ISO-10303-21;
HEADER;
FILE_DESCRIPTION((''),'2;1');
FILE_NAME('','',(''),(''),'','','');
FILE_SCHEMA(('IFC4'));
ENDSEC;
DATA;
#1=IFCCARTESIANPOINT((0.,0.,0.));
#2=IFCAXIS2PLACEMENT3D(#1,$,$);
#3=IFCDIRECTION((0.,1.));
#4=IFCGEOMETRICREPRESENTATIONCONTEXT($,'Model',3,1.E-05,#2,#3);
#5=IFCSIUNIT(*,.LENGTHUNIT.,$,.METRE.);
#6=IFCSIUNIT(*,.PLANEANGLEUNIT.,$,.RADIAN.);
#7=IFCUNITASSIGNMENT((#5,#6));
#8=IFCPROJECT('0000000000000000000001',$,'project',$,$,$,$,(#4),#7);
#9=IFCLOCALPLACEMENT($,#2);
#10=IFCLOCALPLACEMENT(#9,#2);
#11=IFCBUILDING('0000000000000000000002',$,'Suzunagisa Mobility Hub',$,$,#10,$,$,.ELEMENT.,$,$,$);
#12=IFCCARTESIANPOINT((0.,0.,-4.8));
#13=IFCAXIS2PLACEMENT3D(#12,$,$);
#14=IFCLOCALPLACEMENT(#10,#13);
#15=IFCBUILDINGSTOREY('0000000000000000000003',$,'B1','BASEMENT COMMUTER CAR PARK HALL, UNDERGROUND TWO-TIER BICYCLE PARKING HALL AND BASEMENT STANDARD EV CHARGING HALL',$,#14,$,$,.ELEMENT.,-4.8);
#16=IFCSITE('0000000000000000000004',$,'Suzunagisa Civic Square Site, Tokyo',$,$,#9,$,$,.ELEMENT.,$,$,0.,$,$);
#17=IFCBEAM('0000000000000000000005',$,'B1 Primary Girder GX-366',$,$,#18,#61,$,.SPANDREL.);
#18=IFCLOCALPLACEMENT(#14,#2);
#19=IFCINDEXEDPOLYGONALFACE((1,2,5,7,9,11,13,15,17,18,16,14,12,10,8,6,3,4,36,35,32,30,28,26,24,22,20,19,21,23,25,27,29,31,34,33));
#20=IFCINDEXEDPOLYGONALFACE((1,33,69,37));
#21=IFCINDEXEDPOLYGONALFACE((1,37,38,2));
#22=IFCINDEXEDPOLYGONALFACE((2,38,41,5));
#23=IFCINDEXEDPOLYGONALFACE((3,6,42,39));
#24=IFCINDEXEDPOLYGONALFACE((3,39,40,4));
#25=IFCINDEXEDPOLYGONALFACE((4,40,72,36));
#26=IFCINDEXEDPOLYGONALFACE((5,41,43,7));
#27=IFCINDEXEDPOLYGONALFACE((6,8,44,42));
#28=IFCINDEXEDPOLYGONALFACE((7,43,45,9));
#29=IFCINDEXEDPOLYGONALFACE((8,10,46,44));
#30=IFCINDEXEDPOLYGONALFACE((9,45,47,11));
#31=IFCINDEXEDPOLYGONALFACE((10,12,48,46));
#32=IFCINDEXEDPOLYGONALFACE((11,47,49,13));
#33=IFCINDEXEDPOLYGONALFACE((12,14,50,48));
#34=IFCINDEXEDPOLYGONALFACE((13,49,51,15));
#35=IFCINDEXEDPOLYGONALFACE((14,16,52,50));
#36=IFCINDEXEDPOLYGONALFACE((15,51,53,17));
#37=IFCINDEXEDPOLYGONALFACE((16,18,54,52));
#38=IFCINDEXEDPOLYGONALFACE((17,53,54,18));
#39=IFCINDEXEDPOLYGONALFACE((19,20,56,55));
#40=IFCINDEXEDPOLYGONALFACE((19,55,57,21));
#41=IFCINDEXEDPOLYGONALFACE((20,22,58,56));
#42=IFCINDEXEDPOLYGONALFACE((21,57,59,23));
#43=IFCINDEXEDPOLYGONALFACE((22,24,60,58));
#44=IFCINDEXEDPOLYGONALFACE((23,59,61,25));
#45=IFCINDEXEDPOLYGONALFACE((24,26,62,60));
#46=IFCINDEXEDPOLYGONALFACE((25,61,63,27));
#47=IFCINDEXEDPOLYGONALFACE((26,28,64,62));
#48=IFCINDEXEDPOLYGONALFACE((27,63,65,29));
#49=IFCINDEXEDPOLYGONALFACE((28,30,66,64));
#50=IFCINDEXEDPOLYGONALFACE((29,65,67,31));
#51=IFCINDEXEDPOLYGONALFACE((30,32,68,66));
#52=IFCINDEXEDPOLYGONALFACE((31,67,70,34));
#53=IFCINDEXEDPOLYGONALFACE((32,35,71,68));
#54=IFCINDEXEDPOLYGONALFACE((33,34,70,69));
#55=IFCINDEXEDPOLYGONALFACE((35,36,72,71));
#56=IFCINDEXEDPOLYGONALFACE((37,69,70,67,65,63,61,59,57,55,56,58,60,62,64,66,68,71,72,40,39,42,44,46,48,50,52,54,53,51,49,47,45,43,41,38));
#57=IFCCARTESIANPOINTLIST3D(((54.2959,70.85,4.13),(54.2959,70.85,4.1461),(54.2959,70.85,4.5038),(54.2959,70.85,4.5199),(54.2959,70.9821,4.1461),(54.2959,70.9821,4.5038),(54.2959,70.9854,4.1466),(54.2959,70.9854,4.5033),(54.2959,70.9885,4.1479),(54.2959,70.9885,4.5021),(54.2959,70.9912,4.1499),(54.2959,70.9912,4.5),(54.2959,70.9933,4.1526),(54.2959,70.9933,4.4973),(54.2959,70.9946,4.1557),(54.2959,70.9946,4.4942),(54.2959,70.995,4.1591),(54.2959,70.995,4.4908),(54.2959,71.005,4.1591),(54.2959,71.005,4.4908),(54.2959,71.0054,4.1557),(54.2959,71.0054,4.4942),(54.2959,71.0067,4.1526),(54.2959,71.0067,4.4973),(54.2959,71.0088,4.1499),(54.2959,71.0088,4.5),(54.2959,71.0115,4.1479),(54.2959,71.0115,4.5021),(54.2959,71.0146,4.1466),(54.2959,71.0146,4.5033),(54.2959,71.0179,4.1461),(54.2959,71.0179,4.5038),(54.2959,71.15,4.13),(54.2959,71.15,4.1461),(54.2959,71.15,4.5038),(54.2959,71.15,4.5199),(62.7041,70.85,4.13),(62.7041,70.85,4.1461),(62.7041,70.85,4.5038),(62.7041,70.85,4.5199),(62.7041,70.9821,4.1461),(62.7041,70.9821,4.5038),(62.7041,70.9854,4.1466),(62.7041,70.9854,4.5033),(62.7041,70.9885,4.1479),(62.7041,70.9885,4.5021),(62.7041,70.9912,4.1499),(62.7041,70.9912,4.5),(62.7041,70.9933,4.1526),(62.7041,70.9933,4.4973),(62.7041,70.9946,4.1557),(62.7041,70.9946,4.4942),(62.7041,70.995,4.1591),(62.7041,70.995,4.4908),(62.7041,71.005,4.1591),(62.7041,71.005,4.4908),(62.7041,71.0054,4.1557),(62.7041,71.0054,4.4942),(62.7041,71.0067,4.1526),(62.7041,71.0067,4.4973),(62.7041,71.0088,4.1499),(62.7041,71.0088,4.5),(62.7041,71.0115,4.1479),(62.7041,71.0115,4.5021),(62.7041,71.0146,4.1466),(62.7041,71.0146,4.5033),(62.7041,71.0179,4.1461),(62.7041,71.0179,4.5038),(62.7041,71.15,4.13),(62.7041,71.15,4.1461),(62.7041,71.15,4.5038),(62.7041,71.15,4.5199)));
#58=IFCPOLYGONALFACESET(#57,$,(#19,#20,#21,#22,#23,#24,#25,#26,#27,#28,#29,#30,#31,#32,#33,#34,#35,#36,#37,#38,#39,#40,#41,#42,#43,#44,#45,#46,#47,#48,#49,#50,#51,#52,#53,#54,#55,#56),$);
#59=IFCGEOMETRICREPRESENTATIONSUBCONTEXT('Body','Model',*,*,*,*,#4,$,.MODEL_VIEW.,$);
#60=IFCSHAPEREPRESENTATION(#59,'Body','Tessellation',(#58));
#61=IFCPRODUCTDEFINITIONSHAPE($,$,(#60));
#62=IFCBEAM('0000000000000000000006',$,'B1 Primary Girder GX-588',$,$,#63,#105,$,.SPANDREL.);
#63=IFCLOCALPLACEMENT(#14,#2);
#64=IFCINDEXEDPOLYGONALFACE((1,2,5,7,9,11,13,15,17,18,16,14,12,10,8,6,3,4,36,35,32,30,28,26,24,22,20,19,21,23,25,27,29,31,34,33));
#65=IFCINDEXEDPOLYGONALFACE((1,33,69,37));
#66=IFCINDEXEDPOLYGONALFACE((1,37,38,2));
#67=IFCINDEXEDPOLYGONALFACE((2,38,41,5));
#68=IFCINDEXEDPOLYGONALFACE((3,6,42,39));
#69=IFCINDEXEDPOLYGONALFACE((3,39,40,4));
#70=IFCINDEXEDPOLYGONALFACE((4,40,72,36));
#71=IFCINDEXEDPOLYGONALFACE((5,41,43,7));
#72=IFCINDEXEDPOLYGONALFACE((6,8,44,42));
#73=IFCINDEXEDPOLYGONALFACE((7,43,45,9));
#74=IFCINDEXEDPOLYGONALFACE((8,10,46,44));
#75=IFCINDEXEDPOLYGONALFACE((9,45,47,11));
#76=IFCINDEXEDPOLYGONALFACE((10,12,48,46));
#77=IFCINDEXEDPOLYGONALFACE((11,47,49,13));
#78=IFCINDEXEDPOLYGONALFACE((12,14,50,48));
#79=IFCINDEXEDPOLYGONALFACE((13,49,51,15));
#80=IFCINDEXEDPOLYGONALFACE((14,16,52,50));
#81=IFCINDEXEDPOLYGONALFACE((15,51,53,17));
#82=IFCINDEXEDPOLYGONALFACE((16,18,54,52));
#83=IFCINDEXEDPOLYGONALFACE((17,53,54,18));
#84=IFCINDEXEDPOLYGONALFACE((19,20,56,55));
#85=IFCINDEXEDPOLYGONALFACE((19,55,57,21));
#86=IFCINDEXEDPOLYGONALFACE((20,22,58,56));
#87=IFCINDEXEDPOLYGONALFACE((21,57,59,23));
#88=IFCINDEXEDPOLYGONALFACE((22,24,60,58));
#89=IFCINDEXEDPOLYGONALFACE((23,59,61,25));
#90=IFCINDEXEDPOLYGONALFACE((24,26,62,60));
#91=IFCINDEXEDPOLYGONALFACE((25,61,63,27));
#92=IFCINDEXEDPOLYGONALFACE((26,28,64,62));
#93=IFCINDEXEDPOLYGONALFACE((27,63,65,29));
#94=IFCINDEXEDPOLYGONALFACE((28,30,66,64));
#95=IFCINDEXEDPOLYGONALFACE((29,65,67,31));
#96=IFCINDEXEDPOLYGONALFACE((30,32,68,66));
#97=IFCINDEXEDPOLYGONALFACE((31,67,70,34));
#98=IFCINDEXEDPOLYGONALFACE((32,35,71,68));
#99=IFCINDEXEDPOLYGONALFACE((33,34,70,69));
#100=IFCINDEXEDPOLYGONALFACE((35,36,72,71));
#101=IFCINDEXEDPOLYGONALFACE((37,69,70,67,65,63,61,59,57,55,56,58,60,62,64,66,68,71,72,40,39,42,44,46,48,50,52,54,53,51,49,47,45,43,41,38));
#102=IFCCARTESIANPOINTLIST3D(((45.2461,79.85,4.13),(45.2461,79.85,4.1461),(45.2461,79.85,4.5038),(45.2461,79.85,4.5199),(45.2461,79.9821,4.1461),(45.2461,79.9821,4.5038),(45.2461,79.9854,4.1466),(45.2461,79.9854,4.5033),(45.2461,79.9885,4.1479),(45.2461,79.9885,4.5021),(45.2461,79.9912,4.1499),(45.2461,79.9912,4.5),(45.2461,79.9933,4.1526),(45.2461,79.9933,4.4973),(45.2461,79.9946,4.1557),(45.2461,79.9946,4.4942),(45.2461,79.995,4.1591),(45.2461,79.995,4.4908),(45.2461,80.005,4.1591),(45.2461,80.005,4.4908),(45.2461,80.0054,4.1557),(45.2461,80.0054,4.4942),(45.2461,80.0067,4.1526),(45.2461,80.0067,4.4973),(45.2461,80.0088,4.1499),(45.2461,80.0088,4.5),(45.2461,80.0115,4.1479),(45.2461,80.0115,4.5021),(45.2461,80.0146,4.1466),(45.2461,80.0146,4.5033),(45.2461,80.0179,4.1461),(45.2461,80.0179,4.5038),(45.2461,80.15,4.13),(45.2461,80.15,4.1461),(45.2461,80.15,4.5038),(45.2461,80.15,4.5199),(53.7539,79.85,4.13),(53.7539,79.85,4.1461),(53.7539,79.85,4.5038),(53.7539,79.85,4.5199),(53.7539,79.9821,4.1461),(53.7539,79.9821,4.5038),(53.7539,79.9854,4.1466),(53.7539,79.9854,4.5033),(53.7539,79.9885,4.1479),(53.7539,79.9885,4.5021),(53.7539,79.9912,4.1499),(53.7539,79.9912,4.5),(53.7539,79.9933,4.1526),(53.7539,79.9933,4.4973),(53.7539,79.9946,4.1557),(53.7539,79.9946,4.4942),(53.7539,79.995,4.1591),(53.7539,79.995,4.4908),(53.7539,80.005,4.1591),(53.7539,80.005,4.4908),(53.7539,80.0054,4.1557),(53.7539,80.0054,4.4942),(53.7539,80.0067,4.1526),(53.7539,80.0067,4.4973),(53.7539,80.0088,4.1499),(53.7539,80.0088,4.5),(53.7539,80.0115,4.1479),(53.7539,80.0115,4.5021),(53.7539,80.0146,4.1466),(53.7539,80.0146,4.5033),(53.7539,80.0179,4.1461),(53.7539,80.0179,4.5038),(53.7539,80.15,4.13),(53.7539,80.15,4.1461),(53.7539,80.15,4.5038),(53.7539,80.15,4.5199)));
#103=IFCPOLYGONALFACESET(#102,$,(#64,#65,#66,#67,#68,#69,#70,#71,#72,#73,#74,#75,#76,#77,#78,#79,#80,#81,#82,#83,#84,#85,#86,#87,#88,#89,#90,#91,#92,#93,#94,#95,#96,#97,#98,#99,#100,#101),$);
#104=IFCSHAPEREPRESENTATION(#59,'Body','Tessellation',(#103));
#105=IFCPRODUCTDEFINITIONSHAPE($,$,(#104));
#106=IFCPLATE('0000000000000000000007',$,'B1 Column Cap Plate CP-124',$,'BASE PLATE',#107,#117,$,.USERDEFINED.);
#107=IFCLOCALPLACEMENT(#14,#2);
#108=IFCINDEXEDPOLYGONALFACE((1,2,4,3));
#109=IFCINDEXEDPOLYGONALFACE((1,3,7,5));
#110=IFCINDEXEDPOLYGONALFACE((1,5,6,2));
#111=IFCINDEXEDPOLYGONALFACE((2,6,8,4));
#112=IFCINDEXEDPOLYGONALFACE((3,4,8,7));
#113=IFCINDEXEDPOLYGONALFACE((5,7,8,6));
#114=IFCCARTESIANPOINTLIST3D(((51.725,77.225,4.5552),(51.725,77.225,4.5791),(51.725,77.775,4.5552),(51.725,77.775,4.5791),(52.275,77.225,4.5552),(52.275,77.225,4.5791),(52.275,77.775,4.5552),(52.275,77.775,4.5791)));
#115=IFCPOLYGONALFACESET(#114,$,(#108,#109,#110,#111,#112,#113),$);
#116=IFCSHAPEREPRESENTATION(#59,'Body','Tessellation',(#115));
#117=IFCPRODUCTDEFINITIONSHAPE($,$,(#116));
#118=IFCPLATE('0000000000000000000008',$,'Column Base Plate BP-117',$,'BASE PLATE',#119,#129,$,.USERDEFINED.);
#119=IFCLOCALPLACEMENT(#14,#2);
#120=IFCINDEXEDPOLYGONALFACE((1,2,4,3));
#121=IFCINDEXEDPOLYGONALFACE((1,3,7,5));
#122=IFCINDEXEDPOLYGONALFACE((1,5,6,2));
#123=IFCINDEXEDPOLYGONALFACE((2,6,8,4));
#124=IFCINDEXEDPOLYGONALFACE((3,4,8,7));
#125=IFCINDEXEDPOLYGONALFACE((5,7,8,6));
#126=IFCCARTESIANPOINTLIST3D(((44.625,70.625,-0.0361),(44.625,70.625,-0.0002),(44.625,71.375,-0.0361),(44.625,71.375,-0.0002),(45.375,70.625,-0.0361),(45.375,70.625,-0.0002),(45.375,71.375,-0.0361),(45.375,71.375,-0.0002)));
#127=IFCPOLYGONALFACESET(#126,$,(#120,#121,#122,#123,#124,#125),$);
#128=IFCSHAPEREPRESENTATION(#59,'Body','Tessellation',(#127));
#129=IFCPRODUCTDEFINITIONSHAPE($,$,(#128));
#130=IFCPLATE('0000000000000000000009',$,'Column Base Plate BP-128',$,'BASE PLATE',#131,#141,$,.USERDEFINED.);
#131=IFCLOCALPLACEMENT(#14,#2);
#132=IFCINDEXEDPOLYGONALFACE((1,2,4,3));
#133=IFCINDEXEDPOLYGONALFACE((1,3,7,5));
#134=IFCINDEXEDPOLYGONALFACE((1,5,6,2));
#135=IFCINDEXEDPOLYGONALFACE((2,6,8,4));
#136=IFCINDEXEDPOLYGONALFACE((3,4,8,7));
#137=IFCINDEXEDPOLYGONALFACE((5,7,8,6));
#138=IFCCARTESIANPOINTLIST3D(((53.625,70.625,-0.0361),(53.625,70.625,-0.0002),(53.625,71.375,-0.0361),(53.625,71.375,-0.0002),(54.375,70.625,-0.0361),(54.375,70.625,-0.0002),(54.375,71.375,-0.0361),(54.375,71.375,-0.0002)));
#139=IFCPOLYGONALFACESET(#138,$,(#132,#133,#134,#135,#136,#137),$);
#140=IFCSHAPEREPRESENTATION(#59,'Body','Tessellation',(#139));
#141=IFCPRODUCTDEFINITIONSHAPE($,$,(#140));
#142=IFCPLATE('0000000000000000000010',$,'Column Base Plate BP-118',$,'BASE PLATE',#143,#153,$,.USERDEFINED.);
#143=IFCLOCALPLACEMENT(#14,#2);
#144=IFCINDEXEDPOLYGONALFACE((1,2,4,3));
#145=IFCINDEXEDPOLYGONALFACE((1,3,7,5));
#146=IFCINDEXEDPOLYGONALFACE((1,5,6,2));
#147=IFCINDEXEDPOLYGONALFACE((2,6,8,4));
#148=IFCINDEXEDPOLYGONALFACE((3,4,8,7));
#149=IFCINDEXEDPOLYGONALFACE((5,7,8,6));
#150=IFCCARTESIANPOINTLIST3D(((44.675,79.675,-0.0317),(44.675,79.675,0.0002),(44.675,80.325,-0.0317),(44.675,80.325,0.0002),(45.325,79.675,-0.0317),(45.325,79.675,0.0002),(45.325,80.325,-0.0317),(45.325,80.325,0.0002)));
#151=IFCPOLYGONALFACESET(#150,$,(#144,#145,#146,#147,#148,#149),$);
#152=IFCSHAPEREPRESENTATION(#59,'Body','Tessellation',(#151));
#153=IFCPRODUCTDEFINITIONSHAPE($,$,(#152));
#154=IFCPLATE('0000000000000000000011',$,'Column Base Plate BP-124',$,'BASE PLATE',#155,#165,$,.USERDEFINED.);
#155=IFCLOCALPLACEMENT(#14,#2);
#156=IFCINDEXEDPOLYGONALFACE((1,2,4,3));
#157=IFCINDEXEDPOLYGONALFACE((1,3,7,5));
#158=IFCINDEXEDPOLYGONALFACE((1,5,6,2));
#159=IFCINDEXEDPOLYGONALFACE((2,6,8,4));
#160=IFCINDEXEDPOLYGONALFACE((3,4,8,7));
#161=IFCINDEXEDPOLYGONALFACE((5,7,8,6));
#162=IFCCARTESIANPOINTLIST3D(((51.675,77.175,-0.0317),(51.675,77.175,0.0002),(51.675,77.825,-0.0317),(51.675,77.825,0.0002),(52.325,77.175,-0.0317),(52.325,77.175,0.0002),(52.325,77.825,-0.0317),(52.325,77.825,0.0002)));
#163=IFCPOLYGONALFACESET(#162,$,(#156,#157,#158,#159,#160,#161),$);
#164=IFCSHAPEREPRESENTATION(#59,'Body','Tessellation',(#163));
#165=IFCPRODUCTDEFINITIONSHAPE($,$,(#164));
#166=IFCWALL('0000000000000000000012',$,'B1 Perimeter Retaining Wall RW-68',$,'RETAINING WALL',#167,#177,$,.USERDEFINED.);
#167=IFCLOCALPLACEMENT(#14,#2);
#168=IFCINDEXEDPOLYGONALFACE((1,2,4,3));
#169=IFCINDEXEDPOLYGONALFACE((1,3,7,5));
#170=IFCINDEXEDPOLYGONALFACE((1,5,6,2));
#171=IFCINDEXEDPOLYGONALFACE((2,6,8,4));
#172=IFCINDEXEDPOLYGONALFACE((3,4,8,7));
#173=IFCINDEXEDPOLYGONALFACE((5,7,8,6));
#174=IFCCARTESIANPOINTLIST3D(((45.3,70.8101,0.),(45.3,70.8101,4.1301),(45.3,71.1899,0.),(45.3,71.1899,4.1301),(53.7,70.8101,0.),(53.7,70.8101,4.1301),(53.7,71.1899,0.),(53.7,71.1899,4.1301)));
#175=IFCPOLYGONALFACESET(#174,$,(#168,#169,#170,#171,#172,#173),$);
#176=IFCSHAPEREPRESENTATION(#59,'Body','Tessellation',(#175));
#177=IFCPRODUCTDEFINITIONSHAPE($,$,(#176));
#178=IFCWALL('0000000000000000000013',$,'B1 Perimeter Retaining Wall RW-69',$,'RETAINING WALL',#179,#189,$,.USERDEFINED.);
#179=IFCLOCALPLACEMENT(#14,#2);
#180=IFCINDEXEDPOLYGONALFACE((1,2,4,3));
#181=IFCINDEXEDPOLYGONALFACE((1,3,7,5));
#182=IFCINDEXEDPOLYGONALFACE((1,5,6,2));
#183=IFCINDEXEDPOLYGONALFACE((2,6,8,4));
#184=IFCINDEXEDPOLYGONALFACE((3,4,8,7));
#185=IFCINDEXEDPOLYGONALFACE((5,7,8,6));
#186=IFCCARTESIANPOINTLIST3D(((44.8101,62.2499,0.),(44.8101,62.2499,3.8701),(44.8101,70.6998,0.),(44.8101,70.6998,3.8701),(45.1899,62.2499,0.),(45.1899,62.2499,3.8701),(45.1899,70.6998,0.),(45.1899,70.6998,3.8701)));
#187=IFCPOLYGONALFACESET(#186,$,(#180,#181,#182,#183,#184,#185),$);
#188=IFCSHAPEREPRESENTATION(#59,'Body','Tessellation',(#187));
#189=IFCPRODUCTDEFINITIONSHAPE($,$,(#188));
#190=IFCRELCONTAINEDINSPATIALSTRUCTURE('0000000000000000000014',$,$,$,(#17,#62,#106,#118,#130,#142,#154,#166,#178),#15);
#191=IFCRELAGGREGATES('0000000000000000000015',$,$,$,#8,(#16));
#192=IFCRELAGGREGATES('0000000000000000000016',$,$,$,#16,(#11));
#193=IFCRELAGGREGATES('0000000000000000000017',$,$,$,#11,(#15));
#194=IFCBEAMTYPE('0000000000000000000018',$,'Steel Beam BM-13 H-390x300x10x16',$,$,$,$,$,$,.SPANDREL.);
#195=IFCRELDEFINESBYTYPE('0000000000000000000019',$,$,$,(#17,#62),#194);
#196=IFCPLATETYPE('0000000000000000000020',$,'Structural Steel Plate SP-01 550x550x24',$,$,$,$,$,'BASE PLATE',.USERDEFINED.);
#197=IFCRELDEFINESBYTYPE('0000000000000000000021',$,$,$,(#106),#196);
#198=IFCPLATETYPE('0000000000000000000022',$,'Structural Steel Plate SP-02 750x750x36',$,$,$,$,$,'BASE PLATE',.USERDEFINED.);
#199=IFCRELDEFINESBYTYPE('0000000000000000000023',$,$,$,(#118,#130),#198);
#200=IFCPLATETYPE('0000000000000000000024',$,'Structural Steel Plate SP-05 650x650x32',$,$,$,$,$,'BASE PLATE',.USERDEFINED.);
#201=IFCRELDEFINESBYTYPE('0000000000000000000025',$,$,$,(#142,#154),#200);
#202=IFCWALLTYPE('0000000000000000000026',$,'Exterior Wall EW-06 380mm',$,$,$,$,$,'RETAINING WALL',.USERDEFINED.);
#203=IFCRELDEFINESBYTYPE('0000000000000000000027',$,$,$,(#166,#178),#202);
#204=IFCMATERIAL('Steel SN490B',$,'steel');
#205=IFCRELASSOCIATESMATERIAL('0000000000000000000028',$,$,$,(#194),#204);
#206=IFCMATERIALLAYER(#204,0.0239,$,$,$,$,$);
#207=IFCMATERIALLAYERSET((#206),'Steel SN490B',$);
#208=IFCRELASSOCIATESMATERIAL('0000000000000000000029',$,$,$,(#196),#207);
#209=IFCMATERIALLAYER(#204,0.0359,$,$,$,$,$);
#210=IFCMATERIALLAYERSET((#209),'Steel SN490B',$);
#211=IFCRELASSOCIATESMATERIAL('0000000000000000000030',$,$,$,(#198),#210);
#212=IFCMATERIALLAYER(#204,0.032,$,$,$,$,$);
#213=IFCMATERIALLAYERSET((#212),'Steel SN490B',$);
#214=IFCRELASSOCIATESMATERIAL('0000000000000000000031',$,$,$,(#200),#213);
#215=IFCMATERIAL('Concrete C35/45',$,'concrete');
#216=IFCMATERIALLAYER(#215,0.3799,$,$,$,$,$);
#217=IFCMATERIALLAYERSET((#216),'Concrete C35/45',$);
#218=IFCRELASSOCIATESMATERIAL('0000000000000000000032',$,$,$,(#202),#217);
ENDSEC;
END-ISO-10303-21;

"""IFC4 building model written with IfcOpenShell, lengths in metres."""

from ifc_helpers import new_model, si_unit, direction, frame, frame_2d, origin, origin_2d, place, context, subcontext, project, spatial, rectangle, i_section, extrude, material, layer, layer_set, material_profile, profile_set, type_object, element, save


model = new_model("IFC4")

# Units and contexts
model_context = context("Model", 3, precision=1e-05, world=origin(), true_north=direction((0.0, 1.0)))
body_context = subcontext(model_context, "Body", "Model", "MODEL_VIEW")
ifc_project = project(units=[si_unit("LENGTHUNIT", "METRE"), si_unit("PLANEANGLEUNIT", "RADIAN")], contexts=[model_context])

# Site, building, storey
site_placement = place(None, origin())
site = spatial("IfcSite", under=ifc_project, at=site_placement, Name="Suzunagisa Civic Square Site, Tokyo", CompositionType="ELEMENT", RefElevation=0.0)
building_placement = place(site_placement, origin())
building = spatial("IfcBuilding", under=site, at=building_placement, Name="Suzunagisa Mobility Hub", CompositionType="ELEMENT")
storey_placement = place(building_placement, frame((0.0, 0.0, -4.8)))
storey = spatial("IfcBuildingStorey", under=building, at=storey_placement, Name="B1", Description="BASEMENT COMMUTER CAR PARK HALL, UNDERGROUND TWO-TIER BICYCLE PARKING HALL AND BASEMENT STANDARD EV CHARGING HALL", CompositionType="ELEMENT", Elevation=-4.8)

# Shared definitions
ifc_material_1 = material(Name="Concrete C35/45", Category="concrete")

# Shared definitions
ifc_material_2 = material(Name="Steel SN490B", Category="steel")

# Beams
ifc_material_profile_1 = material_profile(ifc_material_2, i_section(OverallWidth=0.3, OverallDepth=0.3899, WebThickness=0.01, FlangeThickness=0.0161, FilletRadius=0.0129, at=origin_2d()), Name="H-390x300x10x16")
ifc_profile_set_1 = profile_set([ifc_material_profile_1], Name="Steel SN490B")
beam_type = type_object("IfcBeamType", Name="Steel Beam BM-13 H-390x300x10x16", PredefinedType="SPANDREL", material=ifc_profile_set_1)
for number, where, z_axis, x_axis, name in (
    (1, (54.2959, 71.0, 4.325), (1.0, 0.0, 0.0), (0.0, 1.0, 0.0), "B1 Primary Girder GX-366"),
):
    element("IfcBeam", number, at=place(storey_placement, frame(where, z_axis=z_axis, x_axis=x_axis)), inside=storey, type_object=beam_type, Name=name, PredefinedType="SPANDREL", context=body_context, shape_type="SweptSolid", body=[
        extrude(i_section(OverallWidth=0.3, OverallDepth=0.3899, WebThickness=0.01, FlangeThickness=0.0161, FilletRadius=0.0129, at=origin_2d()), origin(), (0.0, 0.0, 1.0), 8.4082),
    ])
beam_placement = place(storey_placement, frame((45.2461, 80.0, 4.325), z_axis=(1.0, 0.0, 0.0), x_axis=(0.0, 1.0, 0.0)))
element("IfcBeam", 2, at=beam_placement, inside=storey, type_object=beam_type, Name="B1 Primary Girder GX-588", PredefinedType="SPANDREL", context=body_context, shape_type="SweptSolid", body=[
    extrude(i_section(OverallWidth=0.3, OverallDepth=0.3899, WebThickness=0.01, FlangeThickness=0.0161, FilletRadius=0.0129, at=origin_2d()), origin(), (0.0, 0.0, 1.0), 8.5078),
])

# Plates
ifc_layer_1 = layer(ifc_material_2, 0.0239)
ifc_layer_set_1 = layer_set([ifc_layer_1], Name="Steel SN490B")
plate_type_1 = type_object("IfcPlateType", Name="Structural Steel Plate SP-01 550x550x24", ElementType="BASE PLATE", PredefinedType="USERDEFINED", material=ifc_layer_set_1)
plate_placement = place(storey_placement, frame((52.0, 77.5, 4.5552), z_axis=(0.0, 0.0, 1.0), x_axis=(1.0, 0.0, 0.0)))
element("IfcPlate", 3, at=plate_placement, inside=storey, type_object=plate_type_1, Name="B1 Column Cap Plate CP-124", ObjectType="BASE PLATE", PredefinedType="USERDEFINED", context=body_context, shape_type="SweptSolid", body=[
    extrude(rectangle(XDim=0.55, YDim=0.55, at=origin_2d()), origin(), (0.0, 0.0, 1.0), 0.0239),
])
ifc_layer_2 = layer(ifc_material_2, 0.0359)
ifc_layer_set_2 = layer_set([ifc_layer_2], Name="Steel SN490B")
plate_type_2 = type_object("IfcPlateType", Name="Structural Steel Plate SP-02 750x750x36", ElementType="BASE PLATE", PredefinedType="USERDEFINED", material=ifc_layer_set_2)
for number, where, z_axis, x_axis, name in (
    (4, (45.0, 71.0, -0.0361), (0.0, 0.0, 1.0), (1.0, 0.0, 0.0), "Column Base Plate BP-117"),
    (5, (54.0, 71.0, -0.0361), (0.0, 0.0, 1.0), (1.0, 0.0, 0.0), "Column Base Plate BP-128"),
):
    element("IfcPlate", number, at=place(storey_placement, frame(where, z_axis=z_axis, x_axis=x_axis)), inside=storey, type_object=plate_type_2, Name=name, ObjectType="BASE PLATE", PredefinedType="USERDEFINED", context=body_context, shape_type="SweptSolid", body=[
        extrude(rectangle(XDim=0.75, YDim=0.75, at=origin_2d()), origin(), (0.0, 0.0, 1.0), 0.0359),
    ])
ifc_layer_3 = layer(ifc_material_2, 0.032)
ifc_layer_set_3 = layer_set([ifc_layer_3], Name="Steel SN490B")
plate_type_3 = type_object("IfcPlateType", Name="Structural Steel Plate SP-05 650x650x32", ElementType="BASE PLATE", PredefinedType="USERDEFINED", material=ifc_layer_set_3)
for number, where, z_axis, x_axis, name in (
    (6, (45.0, 80.0, -0.0317), (0.0, 0.0, 1.0), (1.0, 0.0, 0.0), "Column Base Plate BP-118"),
    (7, (52.0, 77.5, -0.0317), (0.0, 0.0, 1.0), (1.0, 0.0, 0.0), "Column Base Plate BP-124"),
):
    element("IfcPlate", number, at=place(storey_placement, frame(where, z_axis=z_axis, x_axis=x_axis)), inside=storey, type_object=plate_type_3, Name=name, ObjectType="BASE PLATE", PredefinedType="USERDEFINED", context=body_context, shape_type="SweptSolid", body=[
        extrude(rectangle(XDim=0.6499, YDim=0.6499, at=origin_2d()), origin(), (0.0, 0.0, 1.0), 0.032),
    ])

# Walls
ifc_layer_4 = layer(ifc_material_1, 0.3799)
ifc_layer_set_4 = layer_set([ifc_layer_4], Name="Concrete C35/45")
wall_type = type_object("IfcWallType", Name="Exterior Wall EW-06 380mm", ElementType="RETAINING WALL", PredefinedType="USERDEFINED", material=ifc_layer_set_4)
wall_1_placement = place(storey_placement, frame((53.7, 71.0, 0.0), z_axis=(0.0, 0.0, 1.0), x_axis=(-1.0, 0.0, 0.0)))
element("IfcWall", 8, at=wall_1_placement, inside=storey, type_object=wall_type, Name="B1 Perimeter Retaining Wall RW-68", ObjectType="RETAINING WALL", PredefinedType="USERDEFINED", context=body_context, shape_type="SweptSolid", body=[
    extrude(rectangle(XDim=8.3999, YDim=0.3799, at=frame_2d((4.2, 0.0))), origin(), (0.0, 0.0, 1.0), 4.1301),
])
wall_2_placement = place(storey_placement, frame((45.0, 70.7, 0.0), z_axis=(0.0, 0.0, 1.0), x_axis=(0.0, -1.0, 0.0)))
element("IfcWall", 9, at=wall_2_placement, inside=storey, type_object=wall_type, Name="B1 Perimeter Retaining Wall RW-69", ObjectType="RETAINING WALL", PredefinedType="USERDEFINED", context=body_context, shape_type="SweptSolid", body=[
    extrude(rectangle(XDim=8.45, YDim=0.3799, at=frame_2d((4.2251, 0.0))), origin(), (0.0, 0.0, 1.0), 3.8701),
])

save(model, "model.ifc")
